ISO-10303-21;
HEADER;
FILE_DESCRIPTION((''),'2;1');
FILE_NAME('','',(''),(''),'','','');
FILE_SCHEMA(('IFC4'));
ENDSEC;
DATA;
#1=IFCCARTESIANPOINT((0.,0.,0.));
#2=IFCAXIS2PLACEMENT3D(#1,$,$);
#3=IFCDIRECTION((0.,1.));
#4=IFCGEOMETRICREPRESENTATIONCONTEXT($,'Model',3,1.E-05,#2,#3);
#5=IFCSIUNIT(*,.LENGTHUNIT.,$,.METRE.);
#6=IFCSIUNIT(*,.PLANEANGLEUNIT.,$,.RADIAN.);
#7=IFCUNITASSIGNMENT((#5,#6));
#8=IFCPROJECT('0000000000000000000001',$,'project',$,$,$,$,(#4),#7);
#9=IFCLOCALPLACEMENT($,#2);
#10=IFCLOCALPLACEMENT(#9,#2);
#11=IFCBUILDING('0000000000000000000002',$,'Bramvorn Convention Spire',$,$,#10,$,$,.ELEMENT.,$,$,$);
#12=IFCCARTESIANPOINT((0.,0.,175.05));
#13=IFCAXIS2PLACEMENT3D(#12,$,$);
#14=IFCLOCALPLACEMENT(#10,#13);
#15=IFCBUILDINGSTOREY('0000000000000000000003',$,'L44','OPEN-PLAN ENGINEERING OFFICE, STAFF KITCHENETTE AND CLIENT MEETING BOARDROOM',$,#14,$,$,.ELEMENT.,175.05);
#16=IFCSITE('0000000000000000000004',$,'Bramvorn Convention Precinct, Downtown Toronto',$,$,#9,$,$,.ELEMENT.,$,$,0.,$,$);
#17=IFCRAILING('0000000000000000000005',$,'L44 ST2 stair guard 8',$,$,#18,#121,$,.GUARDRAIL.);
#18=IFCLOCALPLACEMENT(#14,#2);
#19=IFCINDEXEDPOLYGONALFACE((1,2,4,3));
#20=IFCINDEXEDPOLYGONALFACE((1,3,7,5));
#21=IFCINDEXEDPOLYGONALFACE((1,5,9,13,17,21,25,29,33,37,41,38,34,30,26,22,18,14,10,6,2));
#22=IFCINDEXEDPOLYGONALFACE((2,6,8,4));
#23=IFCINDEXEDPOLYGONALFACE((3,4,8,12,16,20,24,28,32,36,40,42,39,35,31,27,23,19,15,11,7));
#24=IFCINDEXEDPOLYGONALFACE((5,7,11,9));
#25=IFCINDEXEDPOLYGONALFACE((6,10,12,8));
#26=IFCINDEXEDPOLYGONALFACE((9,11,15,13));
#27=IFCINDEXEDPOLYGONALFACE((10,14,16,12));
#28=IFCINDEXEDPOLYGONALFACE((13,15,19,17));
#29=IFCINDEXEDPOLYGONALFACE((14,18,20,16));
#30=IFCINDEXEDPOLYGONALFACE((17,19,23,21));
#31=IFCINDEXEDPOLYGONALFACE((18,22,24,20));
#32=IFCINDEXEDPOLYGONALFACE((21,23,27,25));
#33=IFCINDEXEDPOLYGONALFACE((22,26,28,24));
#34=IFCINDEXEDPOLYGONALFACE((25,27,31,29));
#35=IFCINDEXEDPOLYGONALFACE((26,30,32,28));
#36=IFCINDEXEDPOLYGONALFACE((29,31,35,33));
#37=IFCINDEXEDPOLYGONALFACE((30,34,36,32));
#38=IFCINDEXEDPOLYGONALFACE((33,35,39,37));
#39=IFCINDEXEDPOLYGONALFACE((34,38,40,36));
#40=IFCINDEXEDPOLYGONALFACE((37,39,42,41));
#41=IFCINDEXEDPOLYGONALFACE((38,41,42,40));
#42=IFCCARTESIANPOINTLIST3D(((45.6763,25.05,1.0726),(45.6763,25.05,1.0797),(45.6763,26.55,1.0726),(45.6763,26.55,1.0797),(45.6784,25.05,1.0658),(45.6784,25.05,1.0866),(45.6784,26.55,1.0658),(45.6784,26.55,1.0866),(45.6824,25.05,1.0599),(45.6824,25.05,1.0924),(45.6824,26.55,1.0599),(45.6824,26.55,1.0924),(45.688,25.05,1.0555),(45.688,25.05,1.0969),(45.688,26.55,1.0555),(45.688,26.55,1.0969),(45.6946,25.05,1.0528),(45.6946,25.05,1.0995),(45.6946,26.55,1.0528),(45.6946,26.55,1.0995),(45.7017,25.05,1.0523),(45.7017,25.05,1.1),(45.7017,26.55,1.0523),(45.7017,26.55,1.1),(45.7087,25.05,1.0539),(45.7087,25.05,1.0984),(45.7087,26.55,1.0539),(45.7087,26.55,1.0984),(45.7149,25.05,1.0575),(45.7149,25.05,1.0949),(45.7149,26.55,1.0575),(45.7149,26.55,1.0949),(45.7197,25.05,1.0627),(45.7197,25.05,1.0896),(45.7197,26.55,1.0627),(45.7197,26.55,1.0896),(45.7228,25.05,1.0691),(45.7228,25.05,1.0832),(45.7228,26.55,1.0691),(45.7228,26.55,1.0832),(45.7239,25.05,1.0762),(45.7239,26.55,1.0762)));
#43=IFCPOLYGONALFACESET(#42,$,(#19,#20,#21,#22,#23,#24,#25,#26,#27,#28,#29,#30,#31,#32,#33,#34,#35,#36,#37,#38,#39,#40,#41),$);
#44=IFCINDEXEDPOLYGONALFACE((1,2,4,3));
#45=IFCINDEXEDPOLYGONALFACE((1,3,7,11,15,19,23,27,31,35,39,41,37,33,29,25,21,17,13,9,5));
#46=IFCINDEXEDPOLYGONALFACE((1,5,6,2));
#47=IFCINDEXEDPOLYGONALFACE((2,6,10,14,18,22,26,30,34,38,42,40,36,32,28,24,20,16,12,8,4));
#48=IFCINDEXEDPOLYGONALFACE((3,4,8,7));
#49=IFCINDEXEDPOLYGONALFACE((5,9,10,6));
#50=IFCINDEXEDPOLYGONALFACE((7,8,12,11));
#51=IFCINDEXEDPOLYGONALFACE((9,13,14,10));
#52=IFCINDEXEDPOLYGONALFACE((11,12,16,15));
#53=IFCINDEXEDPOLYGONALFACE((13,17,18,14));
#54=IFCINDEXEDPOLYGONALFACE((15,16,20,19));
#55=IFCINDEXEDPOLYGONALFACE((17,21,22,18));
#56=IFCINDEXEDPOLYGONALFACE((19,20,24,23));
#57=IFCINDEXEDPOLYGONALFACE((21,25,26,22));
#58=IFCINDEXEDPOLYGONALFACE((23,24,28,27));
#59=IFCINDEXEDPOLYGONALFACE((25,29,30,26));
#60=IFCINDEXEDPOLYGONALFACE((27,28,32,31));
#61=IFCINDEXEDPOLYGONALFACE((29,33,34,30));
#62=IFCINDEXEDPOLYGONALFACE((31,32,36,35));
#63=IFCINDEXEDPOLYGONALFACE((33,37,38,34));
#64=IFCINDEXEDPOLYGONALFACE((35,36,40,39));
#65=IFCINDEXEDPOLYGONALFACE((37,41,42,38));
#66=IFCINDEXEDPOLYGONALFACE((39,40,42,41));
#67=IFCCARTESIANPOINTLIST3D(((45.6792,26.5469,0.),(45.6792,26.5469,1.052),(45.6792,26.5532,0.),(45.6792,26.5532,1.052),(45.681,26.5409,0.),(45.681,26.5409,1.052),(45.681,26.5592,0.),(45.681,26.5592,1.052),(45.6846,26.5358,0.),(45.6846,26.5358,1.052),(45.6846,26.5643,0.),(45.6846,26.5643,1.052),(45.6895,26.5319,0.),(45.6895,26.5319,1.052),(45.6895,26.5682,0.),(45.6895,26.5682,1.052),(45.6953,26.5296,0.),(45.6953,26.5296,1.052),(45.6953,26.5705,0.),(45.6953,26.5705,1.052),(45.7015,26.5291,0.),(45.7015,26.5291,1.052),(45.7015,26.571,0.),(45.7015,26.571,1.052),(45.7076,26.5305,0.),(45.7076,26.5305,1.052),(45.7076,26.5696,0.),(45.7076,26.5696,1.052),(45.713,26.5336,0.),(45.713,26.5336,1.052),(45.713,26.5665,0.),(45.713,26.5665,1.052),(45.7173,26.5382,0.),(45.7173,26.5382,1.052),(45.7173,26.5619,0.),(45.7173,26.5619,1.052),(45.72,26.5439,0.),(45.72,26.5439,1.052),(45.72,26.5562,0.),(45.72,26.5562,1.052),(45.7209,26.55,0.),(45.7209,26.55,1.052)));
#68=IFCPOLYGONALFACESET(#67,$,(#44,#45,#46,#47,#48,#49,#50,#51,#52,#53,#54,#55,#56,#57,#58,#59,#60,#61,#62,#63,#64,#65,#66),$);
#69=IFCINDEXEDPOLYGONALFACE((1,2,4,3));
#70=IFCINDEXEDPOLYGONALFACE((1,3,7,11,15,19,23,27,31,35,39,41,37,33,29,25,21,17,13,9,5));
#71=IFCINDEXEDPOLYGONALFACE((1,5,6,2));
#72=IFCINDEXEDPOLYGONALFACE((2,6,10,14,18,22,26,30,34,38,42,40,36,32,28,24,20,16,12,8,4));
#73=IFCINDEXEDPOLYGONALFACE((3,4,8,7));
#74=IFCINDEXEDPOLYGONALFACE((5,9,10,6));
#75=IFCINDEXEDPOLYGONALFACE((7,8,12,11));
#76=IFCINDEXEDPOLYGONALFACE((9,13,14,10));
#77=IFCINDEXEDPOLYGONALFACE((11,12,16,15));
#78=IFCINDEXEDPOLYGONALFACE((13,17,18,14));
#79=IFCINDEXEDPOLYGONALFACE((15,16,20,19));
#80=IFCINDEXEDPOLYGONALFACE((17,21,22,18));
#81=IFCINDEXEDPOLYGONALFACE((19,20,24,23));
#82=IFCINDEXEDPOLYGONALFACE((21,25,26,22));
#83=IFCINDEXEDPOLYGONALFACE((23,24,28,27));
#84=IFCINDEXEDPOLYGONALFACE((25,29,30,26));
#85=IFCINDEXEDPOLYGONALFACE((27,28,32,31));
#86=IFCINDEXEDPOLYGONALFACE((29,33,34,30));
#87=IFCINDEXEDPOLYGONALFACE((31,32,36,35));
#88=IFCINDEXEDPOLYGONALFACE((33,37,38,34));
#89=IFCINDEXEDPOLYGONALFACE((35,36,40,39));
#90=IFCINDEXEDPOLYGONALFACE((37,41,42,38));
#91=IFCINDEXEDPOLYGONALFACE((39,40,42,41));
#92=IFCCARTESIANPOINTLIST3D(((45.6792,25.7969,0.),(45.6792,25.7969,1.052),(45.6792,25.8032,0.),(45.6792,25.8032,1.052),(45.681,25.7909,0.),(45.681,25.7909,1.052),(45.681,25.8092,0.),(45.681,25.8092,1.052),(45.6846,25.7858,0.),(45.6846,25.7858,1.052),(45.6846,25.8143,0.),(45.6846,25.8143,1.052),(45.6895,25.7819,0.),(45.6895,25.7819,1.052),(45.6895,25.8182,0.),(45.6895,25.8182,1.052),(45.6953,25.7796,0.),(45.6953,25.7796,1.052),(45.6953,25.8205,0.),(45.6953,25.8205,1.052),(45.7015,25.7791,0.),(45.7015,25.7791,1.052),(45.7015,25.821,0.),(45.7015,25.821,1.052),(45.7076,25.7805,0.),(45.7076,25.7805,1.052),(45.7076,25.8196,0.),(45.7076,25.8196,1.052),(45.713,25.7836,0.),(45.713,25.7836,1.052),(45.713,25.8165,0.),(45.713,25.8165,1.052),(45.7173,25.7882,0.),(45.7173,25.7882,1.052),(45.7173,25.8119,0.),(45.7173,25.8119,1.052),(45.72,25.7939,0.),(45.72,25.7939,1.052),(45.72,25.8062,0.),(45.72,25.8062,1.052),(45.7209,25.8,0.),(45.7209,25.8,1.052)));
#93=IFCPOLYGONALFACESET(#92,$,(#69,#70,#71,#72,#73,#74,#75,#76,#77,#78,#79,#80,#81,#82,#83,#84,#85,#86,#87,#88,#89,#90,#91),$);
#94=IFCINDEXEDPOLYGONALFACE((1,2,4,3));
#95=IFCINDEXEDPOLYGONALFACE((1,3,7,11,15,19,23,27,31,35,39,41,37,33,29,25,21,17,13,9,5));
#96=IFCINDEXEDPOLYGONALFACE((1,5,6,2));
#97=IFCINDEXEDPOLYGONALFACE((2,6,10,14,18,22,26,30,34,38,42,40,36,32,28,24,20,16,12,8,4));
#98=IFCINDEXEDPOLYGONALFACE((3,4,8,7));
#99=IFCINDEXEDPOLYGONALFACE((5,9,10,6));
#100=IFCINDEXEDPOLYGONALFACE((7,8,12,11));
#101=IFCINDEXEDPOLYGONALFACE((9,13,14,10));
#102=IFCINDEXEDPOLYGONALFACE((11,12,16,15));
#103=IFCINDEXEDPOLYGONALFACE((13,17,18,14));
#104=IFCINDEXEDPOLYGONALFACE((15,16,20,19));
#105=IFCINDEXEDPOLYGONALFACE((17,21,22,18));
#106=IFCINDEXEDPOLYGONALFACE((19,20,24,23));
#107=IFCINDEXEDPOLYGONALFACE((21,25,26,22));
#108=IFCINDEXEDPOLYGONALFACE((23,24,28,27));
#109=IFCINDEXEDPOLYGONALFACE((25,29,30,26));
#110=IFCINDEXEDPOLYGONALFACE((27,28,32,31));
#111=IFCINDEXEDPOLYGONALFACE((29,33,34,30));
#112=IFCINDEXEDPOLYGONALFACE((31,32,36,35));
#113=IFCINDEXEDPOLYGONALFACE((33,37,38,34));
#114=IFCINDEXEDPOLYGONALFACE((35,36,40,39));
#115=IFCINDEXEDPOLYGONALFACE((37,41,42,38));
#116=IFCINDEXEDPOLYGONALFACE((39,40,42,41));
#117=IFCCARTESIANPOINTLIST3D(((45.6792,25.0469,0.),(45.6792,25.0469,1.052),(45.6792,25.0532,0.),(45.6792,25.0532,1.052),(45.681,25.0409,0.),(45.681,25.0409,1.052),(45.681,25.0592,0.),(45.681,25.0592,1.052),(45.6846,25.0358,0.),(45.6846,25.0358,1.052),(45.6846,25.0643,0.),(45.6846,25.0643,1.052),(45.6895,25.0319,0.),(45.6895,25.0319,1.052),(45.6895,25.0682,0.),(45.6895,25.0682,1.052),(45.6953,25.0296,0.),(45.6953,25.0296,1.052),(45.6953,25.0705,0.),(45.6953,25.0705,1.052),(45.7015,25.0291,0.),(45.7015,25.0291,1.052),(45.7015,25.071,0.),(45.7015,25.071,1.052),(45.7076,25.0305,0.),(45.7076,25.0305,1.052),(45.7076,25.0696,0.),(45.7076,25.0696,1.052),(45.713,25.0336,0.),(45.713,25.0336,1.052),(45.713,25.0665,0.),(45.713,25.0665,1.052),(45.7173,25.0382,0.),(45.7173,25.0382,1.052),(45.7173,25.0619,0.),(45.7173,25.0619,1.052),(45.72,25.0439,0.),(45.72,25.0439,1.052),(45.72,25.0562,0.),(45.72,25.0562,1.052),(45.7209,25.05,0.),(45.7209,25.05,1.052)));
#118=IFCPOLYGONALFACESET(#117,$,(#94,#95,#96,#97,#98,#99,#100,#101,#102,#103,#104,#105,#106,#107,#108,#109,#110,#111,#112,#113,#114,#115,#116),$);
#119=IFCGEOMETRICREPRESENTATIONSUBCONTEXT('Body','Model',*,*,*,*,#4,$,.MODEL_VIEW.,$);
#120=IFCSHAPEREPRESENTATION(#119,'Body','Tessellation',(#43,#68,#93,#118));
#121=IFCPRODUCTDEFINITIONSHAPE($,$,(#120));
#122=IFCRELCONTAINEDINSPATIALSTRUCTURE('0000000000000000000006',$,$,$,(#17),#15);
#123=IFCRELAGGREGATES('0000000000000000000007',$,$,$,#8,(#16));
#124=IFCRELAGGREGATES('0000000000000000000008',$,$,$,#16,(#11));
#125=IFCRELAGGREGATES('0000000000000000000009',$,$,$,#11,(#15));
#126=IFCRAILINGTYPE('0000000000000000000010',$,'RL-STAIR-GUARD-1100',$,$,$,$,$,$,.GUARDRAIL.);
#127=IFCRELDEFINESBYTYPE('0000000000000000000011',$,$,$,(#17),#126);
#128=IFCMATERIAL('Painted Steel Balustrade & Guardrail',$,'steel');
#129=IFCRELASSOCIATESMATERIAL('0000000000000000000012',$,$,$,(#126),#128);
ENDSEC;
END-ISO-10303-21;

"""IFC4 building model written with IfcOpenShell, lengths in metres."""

from ifc_helpers import new_model, si_unit, direction, frame, origin, origin_2d, place, context, subcontext, project, spatial, circle, extrude, material, type_object, element, save


model = new_model("IFC4")

# Units and contexts
model_context = context("Model", 3, precision=1e-05, world=origin(), true_north=direction((0.0, 1.0)))
body_context = subcontext(model_context, "Body", "Model", "MODEL_VIEW")
ifc_project = project(units=[si_unit("LENGTHUNIT", "METRE"), si_unit("PLANEANGLEUNIT", "RADIAN")], contexts=[model_context])

# Site, building, storey
site_placement = place(None, origin())
site = spatial("IfcSite", under=ifc_project, at=site_placement, Name="Bramvorn Convention Precinct, Downtown Toronto", CompositionType="ELEMENT", RefElevation=0.0)
building_placement = place(site_placement, origin())
building = spatial("IfcBuilding", under=site, at=building_placement, Name="Bramvorn Convention Spire", CompositionType="ELEMENT")
storey_placement = place(building_placement, frame((0.0, 0.0, 175.05)))
storey = spatial("IfcBuildingStorey", under=building, at=storey_placement, Name="L44", Description="OPEN-PLAN ENGINEERING OFFICE, STAFF KITCHENETTE AND CLIENT MEETING BOARDROOM", CompositionType="ELEMENT", Elevation=175.05)

# Railing
ifc_material_1 = material(Name="Painted Steel Balustrade & Guardrail", Category="steel")
railing_type_1 = type_object("IfcRailingType", Name="RL-STAIR-GUARD-1100", PredefinedType="GUARDRAIL", material=ifc_material_1)
railing_1_placement = place(storey_placement, frame((45.7, 26.55, 0.0)))
element("IfcRailing", 1, at=railing_1_placement, inside=storey, type_object=railing_type_1, Name="L44 ST2 stair guard 8", PredefinedType="GUARDRAIL", context=body_context, shape_type="SweptSolid", body=[
    extrude(circle(Radius=0.0239, at=origin_2d()), frame((0.0, 0.0, 1.0762), z_axis=(0.0, -1.0, 0.0), x_axis=(1.0, 0.0, 0.0)), (0.0, 0.0, 1.0), 1.5),
    extrude(circle(Radius=0.021, at=origin_2d()), origin(), (0.0, 0.0, 1.0), 1.052),
    extrude(circle(Radius=0.021, at=origin_2d()), frame((0.0, -0.75, 0.0)), (0.0, 0.0, 1.0), 1.052),
    extrude(circle(Radius=0.021, at=origin_2d()), frame((0.0, -1.5, 0.0)), (0.0, 0.0, 1.0), 1.052),
])

save(model, "model.ifc")
